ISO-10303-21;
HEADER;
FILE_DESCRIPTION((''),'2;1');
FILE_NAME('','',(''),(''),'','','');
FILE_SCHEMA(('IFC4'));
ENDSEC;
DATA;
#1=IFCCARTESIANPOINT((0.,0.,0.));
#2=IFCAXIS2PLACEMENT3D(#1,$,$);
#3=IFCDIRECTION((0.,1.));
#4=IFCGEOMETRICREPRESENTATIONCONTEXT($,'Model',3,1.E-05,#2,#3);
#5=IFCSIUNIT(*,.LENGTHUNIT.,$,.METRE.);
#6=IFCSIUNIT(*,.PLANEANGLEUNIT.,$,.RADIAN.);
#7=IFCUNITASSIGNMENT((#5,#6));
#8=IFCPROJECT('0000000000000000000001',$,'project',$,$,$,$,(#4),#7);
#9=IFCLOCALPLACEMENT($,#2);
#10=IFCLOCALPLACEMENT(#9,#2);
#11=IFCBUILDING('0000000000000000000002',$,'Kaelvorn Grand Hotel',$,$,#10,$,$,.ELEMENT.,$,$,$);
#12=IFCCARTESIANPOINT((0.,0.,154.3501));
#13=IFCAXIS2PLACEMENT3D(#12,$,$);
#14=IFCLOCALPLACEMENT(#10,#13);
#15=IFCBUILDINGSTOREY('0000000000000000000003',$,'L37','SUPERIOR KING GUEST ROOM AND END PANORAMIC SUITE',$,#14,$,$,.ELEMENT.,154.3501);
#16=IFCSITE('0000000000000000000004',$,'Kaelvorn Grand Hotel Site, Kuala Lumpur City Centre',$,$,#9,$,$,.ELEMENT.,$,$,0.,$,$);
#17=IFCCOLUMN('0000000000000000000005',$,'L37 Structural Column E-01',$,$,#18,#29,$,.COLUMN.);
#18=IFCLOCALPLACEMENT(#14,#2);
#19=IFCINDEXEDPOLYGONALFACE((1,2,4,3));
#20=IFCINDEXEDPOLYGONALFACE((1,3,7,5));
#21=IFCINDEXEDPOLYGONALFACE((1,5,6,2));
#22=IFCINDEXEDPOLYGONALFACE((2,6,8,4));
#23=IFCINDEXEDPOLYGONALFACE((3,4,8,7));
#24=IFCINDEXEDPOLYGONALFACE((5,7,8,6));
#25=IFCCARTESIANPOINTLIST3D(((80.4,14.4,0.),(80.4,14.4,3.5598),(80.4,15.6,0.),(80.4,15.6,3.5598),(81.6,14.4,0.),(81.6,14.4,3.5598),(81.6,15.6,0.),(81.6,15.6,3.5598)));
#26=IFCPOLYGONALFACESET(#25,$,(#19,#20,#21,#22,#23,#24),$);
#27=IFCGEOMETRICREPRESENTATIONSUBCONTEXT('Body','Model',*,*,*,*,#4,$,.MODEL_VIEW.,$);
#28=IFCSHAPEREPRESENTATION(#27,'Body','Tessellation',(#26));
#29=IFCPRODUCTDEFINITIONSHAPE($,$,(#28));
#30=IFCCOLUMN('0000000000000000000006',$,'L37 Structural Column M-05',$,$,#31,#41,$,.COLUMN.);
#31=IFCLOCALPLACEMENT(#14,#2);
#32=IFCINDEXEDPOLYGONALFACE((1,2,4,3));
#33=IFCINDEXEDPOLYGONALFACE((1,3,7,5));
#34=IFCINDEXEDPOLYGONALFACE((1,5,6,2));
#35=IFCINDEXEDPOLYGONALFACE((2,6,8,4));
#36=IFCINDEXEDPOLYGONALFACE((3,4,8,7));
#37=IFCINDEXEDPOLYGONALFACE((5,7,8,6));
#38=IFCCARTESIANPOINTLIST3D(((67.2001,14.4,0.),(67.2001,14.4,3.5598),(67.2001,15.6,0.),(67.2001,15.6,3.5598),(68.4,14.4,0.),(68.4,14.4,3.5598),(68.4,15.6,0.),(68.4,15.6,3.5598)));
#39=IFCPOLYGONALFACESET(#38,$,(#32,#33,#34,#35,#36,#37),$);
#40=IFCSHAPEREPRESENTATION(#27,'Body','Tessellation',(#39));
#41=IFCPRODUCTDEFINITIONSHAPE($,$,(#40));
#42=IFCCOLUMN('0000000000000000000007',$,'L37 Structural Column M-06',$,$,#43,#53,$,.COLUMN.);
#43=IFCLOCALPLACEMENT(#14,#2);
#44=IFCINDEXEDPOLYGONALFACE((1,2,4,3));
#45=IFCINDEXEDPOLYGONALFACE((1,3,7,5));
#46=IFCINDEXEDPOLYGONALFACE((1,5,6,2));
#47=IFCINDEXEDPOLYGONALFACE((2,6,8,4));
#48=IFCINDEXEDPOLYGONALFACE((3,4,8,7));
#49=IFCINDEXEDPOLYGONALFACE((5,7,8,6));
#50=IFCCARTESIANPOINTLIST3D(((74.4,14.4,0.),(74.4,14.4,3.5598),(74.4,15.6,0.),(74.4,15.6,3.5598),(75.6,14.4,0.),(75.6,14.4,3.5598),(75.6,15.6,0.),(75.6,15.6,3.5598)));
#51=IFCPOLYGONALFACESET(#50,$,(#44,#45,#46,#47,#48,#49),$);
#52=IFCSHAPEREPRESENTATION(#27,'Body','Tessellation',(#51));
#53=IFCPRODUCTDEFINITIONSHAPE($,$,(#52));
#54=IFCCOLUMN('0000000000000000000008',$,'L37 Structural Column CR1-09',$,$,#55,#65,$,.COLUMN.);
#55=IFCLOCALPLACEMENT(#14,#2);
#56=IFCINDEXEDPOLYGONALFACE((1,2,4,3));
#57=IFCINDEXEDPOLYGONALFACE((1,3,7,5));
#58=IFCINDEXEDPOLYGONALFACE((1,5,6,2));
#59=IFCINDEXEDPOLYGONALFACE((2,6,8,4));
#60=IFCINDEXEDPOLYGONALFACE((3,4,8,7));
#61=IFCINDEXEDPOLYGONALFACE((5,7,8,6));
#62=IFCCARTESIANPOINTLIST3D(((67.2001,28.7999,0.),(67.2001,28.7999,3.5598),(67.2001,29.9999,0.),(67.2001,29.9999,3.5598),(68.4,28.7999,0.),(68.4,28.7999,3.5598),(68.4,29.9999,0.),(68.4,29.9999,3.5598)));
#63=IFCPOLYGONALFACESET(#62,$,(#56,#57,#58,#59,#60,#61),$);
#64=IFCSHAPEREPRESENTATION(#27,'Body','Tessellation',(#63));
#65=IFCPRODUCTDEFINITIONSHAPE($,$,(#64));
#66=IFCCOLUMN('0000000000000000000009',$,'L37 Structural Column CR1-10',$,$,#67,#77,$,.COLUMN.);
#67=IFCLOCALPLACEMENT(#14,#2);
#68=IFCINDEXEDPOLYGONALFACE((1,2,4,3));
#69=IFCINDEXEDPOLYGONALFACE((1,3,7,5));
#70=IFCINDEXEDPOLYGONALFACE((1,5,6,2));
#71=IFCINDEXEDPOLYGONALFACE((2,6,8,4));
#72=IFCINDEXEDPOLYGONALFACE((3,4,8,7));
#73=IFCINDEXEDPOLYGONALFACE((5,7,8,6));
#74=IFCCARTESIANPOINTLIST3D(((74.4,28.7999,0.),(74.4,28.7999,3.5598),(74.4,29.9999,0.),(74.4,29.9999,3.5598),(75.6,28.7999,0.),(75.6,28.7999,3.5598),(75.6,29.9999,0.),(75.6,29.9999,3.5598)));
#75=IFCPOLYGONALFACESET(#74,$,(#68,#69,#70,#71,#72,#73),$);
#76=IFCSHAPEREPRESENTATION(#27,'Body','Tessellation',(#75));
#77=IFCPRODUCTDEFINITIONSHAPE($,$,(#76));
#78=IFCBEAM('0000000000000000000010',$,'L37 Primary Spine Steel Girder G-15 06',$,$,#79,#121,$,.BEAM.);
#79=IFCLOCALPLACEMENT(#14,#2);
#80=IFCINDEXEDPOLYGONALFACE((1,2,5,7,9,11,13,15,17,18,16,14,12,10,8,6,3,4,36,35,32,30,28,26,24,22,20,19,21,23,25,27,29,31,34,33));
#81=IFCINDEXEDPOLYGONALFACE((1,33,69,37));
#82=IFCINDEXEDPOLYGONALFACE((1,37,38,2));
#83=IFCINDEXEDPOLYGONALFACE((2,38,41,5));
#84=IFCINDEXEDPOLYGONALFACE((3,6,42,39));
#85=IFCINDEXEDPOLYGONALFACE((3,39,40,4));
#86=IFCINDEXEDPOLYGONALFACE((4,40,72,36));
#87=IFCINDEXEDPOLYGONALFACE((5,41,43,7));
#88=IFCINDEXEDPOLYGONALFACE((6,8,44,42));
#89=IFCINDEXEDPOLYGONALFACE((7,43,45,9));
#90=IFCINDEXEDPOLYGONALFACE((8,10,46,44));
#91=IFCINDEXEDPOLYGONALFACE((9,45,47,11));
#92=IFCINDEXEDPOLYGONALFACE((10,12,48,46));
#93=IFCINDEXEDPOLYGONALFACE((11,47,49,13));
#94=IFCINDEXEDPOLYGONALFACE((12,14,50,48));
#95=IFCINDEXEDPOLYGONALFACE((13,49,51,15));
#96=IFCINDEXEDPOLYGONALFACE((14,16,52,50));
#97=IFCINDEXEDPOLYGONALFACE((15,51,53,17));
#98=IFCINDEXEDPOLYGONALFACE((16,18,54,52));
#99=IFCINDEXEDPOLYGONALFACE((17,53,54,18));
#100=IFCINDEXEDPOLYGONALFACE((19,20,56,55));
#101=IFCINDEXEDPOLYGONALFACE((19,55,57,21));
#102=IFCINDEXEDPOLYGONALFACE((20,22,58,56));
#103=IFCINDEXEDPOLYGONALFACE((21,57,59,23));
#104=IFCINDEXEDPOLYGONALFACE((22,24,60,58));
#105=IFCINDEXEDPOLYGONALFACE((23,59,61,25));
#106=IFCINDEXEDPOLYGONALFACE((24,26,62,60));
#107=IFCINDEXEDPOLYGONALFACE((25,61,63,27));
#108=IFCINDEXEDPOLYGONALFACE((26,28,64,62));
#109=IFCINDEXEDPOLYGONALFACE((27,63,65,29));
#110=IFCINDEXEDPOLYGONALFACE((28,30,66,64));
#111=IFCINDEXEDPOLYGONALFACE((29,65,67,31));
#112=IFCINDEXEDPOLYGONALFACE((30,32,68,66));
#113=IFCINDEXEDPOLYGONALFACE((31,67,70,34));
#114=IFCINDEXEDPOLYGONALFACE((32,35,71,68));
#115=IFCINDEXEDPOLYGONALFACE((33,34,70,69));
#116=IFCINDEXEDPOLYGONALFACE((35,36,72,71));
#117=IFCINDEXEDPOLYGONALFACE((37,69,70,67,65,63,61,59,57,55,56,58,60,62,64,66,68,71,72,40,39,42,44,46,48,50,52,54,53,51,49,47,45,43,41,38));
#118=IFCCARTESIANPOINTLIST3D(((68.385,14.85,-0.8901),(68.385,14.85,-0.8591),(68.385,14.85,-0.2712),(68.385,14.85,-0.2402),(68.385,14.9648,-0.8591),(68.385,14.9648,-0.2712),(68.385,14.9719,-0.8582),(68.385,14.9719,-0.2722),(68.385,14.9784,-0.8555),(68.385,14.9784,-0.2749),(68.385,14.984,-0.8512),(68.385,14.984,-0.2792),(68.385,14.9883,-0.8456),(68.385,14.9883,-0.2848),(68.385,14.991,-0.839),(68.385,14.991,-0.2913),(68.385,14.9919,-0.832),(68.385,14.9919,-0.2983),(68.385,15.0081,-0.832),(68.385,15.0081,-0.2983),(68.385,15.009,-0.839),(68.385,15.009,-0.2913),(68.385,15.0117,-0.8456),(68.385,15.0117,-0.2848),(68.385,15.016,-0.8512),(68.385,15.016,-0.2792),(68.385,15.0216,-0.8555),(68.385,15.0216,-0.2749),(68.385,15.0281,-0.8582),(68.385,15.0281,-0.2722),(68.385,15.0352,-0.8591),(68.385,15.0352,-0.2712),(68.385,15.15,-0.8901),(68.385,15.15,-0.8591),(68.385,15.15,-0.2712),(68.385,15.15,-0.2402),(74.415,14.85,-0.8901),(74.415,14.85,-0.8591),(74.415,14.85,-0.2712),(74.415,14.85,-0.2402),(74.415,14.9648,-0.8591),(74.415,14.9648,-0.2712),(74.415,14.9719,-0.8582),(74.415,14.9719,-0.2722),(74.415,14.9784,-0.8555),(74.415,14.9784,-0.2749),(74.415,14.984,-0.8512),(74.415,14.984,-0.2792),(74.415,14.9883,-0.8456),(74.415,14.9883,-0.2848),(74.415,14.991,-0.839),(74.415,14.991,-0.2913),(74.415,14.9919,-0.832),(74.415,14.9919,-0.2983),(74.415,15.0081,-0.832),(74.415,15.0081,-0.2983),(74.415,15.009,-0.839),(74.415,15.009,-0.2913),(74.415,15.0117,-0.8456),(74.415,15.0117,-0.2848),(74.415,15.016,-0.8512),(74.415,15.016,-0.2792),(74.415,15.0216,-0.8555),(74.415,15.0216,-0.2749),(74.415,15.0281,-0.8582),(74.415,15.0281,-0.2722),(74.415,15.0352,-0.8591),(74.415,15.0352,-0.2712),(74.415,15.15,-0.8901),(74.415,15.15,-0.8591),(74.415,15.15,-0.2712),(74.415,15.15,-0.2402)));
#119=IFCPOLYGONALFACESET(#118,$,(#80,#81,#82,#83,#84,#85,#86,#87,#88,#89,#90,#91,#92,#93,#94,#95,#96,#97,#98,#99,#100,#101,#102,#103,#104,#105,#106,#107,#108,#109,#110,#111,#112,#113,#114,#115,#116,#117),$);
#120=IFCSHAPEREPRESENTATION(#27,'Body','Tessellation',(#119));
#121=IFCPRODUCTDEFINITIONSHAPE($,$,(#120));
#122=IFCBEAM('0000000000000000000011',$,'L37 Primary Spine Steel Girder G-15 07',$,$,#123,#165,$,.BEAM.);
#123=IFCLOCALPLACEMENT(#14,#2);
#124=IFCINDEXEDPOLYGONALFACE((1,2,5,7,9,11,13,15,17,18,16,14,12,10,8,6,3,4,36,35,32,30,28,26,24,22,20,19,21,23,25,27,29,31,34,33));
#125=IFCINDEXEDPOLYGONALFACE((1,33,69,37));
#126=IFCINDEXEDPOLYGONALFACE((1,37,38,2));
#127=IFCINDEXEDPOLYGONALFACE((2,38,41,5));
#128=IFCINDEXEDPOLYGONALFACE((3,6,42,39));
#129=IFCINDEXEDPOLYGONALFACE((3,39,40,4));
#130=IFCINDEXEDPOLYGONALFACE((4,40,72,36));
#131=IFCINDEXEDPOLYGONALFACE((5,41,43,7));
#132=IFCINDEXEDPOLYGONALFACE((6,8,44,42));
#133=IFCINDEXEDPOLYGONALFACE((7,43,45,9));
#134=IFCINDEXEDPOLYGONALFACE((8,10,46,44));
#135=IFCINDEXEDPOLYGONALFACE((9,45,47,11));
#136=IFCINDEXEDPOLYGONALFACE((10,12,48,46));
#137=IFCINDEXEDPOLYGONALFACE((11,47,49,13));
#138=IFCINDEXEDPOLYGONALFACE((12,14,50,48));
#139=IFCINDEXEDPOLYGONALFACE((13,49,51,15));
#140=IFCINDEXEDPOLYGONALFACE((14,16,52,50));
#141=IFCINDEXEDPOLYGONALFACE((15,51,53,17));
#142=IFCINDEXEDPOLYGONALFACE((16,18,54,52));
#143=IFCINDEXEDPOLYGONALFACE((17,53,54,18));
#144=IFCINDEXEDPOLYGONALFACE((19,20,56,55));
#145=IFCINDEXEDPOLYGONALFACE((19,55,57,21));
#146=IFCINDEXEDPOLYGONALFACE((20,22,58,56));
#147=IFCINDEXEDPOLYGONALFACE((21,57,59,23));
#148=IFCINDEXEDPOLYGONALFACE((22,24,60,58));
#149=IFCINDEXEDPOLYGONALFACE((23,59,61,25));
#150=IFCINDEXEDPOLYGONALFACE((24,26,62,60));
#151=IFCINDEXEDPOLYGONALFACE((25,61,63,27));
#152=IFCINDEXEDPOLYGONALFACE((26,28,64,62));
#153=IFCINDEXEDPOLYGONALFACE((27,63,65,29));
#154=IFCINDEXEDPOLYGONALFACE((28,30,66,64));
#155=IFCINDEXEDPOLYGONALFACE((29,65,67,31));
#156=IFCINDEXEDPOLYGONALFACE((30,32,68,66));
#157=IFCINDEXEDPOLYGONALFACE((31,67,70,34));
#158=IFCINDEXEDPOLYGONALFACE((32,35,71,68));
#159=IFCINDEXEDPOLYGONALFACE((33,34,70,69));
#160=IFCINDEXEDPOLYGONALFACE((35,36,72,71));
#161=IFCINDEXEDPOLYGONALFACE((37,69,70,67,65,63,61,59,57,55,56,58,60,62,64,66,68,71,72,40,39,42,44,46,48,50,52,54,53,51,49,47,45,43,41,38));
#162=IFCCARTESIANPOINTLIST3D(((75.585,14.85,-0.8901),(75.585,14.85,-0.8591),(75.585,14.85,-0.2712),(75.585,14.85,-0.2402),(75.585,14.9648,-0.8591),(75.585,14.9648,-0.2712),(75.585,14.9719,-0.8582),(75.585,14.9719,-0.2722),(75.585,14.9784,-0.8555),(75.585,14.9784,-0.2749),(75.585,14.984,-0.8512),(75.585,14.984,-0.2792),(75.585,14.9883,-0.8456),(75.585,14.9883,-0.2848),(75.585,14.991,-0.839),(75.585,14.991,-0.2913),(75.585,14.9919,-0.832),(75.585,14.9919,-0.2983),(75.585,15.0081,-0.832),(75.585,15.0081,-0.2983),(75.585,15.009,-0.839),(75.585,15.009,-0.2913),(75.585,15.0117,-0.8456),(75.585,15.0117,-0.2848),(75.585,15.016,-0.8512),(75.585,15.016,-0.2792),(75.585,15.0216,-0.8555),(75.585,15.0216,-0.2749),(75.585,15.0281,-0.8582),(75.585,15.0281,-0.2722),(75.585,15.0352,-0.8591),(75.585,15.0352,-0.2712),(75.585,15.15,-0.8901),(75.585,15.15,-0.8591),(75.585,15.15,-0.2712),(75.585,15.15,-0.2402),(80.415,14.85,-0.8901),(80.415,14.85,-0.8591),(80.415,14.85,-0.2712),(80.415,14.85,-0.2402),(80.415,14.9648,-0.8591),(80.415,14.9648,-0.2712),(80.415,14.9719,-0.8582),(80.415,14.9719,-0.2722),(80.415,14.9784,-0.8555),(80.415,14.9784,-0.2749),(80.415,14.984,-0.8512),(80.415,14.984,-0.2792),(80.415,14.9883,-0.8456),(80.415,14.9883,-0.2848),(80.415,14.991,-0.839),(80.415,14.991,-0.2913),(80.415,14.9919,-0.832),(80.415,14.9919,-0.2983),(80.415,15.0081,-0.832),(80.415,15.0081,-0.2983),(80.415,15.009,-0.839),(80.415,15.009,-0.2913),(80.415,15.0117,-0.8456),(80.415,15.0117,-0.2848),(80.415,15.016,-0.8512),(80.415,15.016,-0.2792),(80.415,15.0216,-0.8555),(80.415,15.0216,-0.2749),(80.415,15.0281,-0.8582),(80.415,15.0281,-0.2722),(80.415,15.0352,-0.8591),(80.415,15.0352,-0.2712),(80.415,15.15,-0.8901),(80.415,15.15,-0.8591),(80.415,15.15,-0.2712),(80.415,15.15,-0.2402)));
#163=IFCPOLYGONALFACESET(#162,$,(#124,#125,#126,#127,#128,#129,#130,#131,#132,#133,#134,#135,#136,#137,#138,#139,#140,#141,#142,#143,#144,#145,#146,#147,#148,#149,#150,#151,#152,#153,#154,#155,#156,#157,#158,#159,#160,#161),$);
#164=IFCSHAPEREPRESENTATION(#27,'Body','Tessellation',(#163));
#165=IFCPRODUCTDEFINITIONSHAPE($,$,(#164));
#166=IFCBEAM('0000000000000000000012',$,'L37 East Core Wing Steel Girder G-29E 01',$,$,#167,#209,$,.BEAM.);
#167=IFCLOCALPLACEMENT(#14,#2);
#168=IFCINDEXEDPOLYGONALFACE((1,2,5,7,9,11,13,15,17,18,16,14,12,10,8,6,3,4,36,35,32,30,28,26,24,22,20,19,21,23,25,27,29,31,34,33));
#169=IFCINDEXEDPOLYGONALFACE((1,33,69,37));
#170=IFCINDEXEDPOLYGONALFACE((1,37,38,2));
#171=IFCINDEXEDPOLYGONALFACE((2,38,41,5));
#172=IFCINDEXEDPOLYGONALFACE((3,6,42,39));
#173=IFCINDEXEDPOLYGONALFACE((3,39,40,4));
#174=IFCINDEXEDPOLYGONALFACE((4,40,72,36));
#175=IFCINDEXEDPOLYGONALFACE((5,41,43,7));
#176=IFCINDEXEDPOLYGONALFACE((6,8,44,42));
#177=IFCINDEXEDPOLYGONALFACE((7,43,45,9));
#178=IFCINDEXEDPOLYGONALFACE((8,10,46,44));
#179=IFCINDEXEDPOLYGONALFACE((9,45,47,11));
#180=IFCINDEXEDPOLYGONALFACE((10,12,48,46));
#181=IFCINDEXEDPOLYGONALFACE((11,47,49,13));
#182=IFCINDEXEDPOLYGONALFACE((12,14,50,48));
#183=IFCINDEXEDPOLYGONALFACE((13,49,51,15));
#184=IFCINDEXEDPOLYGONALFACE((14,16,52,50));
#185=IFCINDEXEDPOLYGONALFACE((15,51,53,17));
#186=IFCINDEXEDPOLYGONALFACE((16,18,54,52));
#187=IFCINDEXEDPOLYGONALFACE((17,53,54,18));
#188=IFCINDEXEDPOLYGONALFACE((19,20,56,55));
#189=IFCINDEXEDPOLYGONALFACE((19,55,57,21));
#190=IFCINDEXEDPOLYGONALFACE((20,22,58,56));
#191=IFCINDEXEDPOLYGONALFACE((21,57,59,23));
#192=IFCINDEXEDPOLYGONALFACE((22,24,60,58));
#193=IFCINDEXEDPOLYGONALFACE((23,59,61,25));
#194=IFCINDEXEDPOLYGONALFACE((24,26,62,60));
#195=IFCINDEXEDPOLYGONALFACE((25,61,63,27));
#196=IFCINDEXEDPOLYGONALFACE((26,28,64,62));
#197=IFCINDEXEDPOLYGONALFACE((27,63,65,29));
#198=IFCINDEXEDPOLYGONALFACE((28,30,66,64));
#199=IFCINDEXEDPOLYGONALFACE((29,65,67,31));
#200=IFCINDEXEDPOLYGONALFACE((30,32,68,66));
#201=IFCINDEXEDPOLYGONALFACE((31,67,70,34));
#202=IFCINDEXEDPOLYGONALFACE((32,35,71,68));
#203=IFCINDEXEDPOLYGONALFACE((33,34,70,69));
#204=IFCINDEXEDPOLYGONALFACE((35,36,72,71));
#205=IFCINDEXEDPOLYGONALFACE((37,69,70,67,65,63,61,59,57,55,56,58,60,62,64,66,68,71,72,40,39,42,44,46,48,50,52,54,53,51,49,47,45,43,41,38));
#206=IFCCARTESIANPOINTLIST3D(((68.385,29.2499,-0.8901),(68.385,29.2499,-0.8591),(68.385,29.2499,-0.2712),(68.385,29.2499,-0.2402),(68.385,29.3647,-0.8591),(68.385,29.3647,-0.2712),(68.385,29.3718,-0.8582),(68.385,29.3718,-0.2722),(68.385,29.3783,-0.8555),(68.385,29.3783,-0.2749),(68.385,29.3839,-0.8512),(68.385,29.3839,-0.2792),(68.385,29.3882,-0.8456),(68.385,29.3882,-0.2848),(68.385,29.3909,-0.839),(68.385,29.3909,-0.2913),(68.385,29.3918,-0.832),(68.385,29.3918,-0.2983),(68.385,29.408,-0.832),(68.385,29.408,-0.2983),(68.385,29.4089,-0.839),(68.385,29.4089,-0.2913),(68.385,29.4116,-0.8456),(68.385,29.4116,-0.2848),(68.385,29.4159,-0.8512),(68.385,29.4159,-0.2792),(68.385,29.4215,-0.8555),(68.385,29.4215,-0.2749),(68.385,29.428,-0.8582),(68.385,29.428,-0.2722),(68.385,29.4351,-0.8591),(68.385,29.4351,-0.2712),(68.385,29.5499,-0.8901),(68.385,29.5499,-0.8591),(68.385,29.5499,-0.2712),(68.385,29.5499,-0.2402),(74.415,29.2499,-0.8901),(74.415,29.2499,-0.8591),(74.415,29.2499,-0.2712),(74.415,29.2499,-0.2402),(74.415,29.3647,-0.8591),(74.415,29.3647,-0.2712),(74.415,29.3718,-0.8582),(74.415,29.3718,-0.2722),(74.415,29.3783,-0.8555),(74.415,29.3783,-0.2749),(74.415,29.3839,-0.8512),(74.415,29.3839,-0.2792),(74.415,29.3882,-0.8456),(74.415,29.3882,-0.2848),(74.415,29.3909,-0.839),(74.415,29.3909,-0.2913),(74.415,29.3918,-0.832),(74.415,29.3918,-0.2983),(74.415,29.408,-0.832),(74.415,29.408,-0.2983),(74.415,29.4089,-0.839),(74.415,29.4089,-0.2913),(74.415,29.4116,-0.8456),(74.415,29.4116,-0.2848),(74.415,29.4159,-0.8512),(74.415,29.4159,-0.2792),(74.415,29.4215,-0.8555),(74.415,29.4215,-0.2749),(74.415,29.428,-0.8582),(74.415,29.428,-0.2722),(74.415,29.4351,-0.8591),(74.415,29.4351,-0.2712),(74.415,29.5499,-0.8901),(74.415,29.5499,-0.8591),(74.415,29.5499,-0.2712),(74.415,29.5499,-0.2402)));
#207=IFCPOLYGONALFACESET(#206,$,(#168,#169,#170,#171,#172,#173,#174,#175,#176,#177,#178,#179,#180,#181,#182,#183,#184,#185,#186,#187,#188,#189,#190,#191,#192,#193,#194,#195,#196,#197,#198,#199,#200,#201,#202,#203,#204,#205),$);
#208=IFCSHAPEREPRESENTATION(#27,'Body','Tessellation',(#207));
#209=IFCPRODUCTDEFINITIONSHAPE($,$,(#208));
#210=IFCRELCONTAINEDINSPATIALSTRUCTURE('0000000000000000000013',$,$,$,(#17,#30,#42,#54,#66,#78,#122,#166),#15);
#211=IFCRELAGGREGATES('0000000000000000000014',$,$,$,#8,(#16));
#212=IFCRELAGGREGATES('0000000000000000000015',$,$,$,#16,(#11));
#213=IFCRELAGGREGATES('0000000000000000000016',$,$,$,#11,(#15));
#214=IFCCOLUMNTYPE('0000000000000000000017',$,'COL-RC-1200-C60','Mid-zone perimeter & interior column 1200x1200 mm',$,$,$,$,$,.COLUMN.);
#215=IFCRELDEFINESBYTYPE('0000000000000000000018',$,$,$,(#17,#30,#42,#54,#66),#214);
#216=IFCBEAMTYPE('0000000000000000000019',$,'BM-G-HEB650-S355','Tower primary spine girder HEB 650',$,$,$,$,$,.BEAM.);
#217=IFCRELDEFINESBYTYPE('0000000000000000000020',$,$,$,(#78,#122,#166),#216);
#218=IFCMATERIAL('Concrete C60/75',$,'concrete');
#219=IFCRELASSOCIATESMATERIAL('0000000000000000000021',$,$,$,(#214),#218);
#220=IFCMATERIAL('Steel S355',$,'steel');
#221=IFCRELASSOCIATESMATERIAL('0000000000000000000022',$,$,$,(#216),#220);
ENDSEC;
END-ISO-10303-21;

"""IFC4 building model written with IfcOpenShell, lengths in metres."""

from ifc_helpers import new_model, si_unit, direction, frame, origin, origin_2d, place, context, subcontext, project, spatial, rectangle, i_section, extrude, material, material_profile, profile_set, type_object, element, save


model = new_model("IFC4")

# Units and contexts
model_context = context("Model", 3, precision=1e-05, world=origin(), true_north=direction((0.0, 1.0)))
body_context = subcontext(model_context, "Body", "Model", "MODEL_VIEW")
ifc_project = project(units=[si_unit("LENGTHUNIT", "METRE"), si_unit("PLANEANGLEUNIT", "RADIAN")], contexts=[model_context])

# Site, building, storey
site_placement = place(None, origin())
site = spatial("IfcSite", under=ifc_project, at=site_placement, Name="Kaelvorn Grand Hotel Site, Kuala Lumpur City Centre", CompositionType="ELEMENT", RefElevation=0.0)
building_placement = place(site_placement, origin())
building = spatial("IfcBuilding", under=site, at=building_placement, Name="Kaelvorn Grand Hotel", CompositionType="ELEMENT")
storey_placement = place(building_placement, frame((0.0, 0.0, 154.3501)))
storey = spatial("IfcBuildingStorey", under=building, at=storey_placement, Name="L37", Description="SUPERIOR KING GUEST ROOM AND END PANORAMIC SUITE", CompositionType="ELEMENT", Elevation=154.3501)

# Columns
ifc_material_1 = material(Name="Concrete C60/75", Category="concrete")
ifc_material_profile_1 = material_profile(ifc_material_1, rectangle(XDim=1.2, YDim=1.2, at=origin_2d()), Name="RC COL 1200x1200")
ifc_profile_set_1 = profile_set([ifc_material_profile_1], Name="Concrete C60/75")
column_type = type_object("IfcColumnType", Name="COL-RC-1200-C60", Description="Mid-zone perimeter & interior column 1200x1200 mm", PredefinedType="COLUMN", material=ifc_profile_set_1)
for number, where, z_axis, x_axis, name in (
    (1, (81.0, 15.0, 0.0), (0.0, 0.0, 1.0), (1.0, 0.0, 0.0), "L37 Structural Column E-01"),
    (2, (67.8, 15.0, 0.0), (0.0, 0.0, 1.0), (1.0, 0.0, 0.0), "L37 Structural Column M-05"),
    (3, (75.0, 15.0, 0.0), (0.0, 0.0, 1.0), (1.0, 0.0, 0.0), "L37 Structural Column M-06"),
    (4, (67.8, 29.3999, 0.0), (0.0, 0.0, 1.0), (1.0, 0.0, 0.0), "L37 Structural Column CR1-09"),
    (5, (75.0, 29.3999, 0.0), (0.0, 0.0, 1.0), (1.0, 0.0, 0.0), "L37 Structural Column CR1-10"),
):
    element("IfcColumn", number, at=place(storey_placement, frame(where, z_axis=z_axis, x_axis=x_axis)), inside=storey, type_object=column_type, Name=name, PredefinedType="COLUMN", context=body_context, shape_type="SweptSolid", body=[
        extrude(rectangle(XDim=1.2, YDim=1.2, at=origin_2d()), origin(), (0.0, 0.0, 1.0), 3.5598),
    ])

# Beams
ifc_material_2 = material(Name="Steel S355", Category="steel")
ifc_material_profile_2 = material_profile(ifc_material_2, i_section(OverallWidth=0.3, OverallDepth=0.6499, WebThickness=0.0161, FlangeThickness=0.031, FilletRadius=0.0271, at=origin_2d()), Name="HEB 650")
ifc_profile_set_2 = profile_set([ifc_material_profile_2], Name="Steel S355")
beam_type_1 = type_object("IfcBeamType", Name="BM-G-HEB650-S355", Description="Tower primary spine girder HEB 650", PredefinedType="BEAM", material=ifc_profile_set_2)
beam_1_placement = place(storey_placement, frame((68.385, 15.0, -0.5652), z_axis=(1.0, 0.0, 0.0), x_axis=(0.0, 1.0, 0.0)))
element("IfcBeam", 6, at=beam_1_placement, inside=storey, type_object=beam_type_1, Name="L37 Primary Spine Steel Girder G-15 06", PredefinedType="BEAM", context=body_context, shape_type="SweptSolid", body=[
    extrude(i_section(OverallWidth=0.3, OverallDepth=0.6499, WebThickness=0.0161, FlangeThickness=0.031, FilletRadius=0.0271, at=origin_2d()), origin(), (0.0, 0.0, 1.0), 6.03),
])
beam_2_placement = place(storey_placement, frame((75.585, 15.0, -0.5652), z_axis=(1.0, 0.0, 0.0), x_axis=(0.0, 1.0, 0.0)))
element("IfcBeam", 7, at=beam_2_placement, inside=storey, type_object=beam_type_1, Name="L37 Primary Spine Steel Girder G-15 07", PredefinedType="BEAM", context=body_context, shape_type="SweptSolid", body=[
    extrude(i_section(OverallWidth=0.3, OverallDepth=0.6499, WebThickness=0.0161, FlangeThickness=0.031, FilletRadius=0.0271, at=origin_2d()), origin(), (0.0, 0.0, 1.0), 4.8301),
])
beam_3_placement = place(storey_placement, frame((68.385, 29.3999, -0.5652), z_axis=(1.0, 0.0, 0.0), x_axis=(0.0, 1.0, 0.0)))
element("IfcBeam", 8, at=beam_3_placement, inside=storey, type_object=beam_type_1, Name="L37 East Core Wing Steel Girder G-29E 01", PredefinedType="BEAM", context=body_context, shape_type="SweptSolid", body=[
    extrude(i_section(OverallWidth=0.3, OverallDepth=0.6499, WebThickness=0.0161, FlangeThickness=0.031, FilletRadius=0.0271, at=origin_2d()), origin(), (0.0, 0.0, 1.0), 6.03),
])

save(model, "model.ifc")
